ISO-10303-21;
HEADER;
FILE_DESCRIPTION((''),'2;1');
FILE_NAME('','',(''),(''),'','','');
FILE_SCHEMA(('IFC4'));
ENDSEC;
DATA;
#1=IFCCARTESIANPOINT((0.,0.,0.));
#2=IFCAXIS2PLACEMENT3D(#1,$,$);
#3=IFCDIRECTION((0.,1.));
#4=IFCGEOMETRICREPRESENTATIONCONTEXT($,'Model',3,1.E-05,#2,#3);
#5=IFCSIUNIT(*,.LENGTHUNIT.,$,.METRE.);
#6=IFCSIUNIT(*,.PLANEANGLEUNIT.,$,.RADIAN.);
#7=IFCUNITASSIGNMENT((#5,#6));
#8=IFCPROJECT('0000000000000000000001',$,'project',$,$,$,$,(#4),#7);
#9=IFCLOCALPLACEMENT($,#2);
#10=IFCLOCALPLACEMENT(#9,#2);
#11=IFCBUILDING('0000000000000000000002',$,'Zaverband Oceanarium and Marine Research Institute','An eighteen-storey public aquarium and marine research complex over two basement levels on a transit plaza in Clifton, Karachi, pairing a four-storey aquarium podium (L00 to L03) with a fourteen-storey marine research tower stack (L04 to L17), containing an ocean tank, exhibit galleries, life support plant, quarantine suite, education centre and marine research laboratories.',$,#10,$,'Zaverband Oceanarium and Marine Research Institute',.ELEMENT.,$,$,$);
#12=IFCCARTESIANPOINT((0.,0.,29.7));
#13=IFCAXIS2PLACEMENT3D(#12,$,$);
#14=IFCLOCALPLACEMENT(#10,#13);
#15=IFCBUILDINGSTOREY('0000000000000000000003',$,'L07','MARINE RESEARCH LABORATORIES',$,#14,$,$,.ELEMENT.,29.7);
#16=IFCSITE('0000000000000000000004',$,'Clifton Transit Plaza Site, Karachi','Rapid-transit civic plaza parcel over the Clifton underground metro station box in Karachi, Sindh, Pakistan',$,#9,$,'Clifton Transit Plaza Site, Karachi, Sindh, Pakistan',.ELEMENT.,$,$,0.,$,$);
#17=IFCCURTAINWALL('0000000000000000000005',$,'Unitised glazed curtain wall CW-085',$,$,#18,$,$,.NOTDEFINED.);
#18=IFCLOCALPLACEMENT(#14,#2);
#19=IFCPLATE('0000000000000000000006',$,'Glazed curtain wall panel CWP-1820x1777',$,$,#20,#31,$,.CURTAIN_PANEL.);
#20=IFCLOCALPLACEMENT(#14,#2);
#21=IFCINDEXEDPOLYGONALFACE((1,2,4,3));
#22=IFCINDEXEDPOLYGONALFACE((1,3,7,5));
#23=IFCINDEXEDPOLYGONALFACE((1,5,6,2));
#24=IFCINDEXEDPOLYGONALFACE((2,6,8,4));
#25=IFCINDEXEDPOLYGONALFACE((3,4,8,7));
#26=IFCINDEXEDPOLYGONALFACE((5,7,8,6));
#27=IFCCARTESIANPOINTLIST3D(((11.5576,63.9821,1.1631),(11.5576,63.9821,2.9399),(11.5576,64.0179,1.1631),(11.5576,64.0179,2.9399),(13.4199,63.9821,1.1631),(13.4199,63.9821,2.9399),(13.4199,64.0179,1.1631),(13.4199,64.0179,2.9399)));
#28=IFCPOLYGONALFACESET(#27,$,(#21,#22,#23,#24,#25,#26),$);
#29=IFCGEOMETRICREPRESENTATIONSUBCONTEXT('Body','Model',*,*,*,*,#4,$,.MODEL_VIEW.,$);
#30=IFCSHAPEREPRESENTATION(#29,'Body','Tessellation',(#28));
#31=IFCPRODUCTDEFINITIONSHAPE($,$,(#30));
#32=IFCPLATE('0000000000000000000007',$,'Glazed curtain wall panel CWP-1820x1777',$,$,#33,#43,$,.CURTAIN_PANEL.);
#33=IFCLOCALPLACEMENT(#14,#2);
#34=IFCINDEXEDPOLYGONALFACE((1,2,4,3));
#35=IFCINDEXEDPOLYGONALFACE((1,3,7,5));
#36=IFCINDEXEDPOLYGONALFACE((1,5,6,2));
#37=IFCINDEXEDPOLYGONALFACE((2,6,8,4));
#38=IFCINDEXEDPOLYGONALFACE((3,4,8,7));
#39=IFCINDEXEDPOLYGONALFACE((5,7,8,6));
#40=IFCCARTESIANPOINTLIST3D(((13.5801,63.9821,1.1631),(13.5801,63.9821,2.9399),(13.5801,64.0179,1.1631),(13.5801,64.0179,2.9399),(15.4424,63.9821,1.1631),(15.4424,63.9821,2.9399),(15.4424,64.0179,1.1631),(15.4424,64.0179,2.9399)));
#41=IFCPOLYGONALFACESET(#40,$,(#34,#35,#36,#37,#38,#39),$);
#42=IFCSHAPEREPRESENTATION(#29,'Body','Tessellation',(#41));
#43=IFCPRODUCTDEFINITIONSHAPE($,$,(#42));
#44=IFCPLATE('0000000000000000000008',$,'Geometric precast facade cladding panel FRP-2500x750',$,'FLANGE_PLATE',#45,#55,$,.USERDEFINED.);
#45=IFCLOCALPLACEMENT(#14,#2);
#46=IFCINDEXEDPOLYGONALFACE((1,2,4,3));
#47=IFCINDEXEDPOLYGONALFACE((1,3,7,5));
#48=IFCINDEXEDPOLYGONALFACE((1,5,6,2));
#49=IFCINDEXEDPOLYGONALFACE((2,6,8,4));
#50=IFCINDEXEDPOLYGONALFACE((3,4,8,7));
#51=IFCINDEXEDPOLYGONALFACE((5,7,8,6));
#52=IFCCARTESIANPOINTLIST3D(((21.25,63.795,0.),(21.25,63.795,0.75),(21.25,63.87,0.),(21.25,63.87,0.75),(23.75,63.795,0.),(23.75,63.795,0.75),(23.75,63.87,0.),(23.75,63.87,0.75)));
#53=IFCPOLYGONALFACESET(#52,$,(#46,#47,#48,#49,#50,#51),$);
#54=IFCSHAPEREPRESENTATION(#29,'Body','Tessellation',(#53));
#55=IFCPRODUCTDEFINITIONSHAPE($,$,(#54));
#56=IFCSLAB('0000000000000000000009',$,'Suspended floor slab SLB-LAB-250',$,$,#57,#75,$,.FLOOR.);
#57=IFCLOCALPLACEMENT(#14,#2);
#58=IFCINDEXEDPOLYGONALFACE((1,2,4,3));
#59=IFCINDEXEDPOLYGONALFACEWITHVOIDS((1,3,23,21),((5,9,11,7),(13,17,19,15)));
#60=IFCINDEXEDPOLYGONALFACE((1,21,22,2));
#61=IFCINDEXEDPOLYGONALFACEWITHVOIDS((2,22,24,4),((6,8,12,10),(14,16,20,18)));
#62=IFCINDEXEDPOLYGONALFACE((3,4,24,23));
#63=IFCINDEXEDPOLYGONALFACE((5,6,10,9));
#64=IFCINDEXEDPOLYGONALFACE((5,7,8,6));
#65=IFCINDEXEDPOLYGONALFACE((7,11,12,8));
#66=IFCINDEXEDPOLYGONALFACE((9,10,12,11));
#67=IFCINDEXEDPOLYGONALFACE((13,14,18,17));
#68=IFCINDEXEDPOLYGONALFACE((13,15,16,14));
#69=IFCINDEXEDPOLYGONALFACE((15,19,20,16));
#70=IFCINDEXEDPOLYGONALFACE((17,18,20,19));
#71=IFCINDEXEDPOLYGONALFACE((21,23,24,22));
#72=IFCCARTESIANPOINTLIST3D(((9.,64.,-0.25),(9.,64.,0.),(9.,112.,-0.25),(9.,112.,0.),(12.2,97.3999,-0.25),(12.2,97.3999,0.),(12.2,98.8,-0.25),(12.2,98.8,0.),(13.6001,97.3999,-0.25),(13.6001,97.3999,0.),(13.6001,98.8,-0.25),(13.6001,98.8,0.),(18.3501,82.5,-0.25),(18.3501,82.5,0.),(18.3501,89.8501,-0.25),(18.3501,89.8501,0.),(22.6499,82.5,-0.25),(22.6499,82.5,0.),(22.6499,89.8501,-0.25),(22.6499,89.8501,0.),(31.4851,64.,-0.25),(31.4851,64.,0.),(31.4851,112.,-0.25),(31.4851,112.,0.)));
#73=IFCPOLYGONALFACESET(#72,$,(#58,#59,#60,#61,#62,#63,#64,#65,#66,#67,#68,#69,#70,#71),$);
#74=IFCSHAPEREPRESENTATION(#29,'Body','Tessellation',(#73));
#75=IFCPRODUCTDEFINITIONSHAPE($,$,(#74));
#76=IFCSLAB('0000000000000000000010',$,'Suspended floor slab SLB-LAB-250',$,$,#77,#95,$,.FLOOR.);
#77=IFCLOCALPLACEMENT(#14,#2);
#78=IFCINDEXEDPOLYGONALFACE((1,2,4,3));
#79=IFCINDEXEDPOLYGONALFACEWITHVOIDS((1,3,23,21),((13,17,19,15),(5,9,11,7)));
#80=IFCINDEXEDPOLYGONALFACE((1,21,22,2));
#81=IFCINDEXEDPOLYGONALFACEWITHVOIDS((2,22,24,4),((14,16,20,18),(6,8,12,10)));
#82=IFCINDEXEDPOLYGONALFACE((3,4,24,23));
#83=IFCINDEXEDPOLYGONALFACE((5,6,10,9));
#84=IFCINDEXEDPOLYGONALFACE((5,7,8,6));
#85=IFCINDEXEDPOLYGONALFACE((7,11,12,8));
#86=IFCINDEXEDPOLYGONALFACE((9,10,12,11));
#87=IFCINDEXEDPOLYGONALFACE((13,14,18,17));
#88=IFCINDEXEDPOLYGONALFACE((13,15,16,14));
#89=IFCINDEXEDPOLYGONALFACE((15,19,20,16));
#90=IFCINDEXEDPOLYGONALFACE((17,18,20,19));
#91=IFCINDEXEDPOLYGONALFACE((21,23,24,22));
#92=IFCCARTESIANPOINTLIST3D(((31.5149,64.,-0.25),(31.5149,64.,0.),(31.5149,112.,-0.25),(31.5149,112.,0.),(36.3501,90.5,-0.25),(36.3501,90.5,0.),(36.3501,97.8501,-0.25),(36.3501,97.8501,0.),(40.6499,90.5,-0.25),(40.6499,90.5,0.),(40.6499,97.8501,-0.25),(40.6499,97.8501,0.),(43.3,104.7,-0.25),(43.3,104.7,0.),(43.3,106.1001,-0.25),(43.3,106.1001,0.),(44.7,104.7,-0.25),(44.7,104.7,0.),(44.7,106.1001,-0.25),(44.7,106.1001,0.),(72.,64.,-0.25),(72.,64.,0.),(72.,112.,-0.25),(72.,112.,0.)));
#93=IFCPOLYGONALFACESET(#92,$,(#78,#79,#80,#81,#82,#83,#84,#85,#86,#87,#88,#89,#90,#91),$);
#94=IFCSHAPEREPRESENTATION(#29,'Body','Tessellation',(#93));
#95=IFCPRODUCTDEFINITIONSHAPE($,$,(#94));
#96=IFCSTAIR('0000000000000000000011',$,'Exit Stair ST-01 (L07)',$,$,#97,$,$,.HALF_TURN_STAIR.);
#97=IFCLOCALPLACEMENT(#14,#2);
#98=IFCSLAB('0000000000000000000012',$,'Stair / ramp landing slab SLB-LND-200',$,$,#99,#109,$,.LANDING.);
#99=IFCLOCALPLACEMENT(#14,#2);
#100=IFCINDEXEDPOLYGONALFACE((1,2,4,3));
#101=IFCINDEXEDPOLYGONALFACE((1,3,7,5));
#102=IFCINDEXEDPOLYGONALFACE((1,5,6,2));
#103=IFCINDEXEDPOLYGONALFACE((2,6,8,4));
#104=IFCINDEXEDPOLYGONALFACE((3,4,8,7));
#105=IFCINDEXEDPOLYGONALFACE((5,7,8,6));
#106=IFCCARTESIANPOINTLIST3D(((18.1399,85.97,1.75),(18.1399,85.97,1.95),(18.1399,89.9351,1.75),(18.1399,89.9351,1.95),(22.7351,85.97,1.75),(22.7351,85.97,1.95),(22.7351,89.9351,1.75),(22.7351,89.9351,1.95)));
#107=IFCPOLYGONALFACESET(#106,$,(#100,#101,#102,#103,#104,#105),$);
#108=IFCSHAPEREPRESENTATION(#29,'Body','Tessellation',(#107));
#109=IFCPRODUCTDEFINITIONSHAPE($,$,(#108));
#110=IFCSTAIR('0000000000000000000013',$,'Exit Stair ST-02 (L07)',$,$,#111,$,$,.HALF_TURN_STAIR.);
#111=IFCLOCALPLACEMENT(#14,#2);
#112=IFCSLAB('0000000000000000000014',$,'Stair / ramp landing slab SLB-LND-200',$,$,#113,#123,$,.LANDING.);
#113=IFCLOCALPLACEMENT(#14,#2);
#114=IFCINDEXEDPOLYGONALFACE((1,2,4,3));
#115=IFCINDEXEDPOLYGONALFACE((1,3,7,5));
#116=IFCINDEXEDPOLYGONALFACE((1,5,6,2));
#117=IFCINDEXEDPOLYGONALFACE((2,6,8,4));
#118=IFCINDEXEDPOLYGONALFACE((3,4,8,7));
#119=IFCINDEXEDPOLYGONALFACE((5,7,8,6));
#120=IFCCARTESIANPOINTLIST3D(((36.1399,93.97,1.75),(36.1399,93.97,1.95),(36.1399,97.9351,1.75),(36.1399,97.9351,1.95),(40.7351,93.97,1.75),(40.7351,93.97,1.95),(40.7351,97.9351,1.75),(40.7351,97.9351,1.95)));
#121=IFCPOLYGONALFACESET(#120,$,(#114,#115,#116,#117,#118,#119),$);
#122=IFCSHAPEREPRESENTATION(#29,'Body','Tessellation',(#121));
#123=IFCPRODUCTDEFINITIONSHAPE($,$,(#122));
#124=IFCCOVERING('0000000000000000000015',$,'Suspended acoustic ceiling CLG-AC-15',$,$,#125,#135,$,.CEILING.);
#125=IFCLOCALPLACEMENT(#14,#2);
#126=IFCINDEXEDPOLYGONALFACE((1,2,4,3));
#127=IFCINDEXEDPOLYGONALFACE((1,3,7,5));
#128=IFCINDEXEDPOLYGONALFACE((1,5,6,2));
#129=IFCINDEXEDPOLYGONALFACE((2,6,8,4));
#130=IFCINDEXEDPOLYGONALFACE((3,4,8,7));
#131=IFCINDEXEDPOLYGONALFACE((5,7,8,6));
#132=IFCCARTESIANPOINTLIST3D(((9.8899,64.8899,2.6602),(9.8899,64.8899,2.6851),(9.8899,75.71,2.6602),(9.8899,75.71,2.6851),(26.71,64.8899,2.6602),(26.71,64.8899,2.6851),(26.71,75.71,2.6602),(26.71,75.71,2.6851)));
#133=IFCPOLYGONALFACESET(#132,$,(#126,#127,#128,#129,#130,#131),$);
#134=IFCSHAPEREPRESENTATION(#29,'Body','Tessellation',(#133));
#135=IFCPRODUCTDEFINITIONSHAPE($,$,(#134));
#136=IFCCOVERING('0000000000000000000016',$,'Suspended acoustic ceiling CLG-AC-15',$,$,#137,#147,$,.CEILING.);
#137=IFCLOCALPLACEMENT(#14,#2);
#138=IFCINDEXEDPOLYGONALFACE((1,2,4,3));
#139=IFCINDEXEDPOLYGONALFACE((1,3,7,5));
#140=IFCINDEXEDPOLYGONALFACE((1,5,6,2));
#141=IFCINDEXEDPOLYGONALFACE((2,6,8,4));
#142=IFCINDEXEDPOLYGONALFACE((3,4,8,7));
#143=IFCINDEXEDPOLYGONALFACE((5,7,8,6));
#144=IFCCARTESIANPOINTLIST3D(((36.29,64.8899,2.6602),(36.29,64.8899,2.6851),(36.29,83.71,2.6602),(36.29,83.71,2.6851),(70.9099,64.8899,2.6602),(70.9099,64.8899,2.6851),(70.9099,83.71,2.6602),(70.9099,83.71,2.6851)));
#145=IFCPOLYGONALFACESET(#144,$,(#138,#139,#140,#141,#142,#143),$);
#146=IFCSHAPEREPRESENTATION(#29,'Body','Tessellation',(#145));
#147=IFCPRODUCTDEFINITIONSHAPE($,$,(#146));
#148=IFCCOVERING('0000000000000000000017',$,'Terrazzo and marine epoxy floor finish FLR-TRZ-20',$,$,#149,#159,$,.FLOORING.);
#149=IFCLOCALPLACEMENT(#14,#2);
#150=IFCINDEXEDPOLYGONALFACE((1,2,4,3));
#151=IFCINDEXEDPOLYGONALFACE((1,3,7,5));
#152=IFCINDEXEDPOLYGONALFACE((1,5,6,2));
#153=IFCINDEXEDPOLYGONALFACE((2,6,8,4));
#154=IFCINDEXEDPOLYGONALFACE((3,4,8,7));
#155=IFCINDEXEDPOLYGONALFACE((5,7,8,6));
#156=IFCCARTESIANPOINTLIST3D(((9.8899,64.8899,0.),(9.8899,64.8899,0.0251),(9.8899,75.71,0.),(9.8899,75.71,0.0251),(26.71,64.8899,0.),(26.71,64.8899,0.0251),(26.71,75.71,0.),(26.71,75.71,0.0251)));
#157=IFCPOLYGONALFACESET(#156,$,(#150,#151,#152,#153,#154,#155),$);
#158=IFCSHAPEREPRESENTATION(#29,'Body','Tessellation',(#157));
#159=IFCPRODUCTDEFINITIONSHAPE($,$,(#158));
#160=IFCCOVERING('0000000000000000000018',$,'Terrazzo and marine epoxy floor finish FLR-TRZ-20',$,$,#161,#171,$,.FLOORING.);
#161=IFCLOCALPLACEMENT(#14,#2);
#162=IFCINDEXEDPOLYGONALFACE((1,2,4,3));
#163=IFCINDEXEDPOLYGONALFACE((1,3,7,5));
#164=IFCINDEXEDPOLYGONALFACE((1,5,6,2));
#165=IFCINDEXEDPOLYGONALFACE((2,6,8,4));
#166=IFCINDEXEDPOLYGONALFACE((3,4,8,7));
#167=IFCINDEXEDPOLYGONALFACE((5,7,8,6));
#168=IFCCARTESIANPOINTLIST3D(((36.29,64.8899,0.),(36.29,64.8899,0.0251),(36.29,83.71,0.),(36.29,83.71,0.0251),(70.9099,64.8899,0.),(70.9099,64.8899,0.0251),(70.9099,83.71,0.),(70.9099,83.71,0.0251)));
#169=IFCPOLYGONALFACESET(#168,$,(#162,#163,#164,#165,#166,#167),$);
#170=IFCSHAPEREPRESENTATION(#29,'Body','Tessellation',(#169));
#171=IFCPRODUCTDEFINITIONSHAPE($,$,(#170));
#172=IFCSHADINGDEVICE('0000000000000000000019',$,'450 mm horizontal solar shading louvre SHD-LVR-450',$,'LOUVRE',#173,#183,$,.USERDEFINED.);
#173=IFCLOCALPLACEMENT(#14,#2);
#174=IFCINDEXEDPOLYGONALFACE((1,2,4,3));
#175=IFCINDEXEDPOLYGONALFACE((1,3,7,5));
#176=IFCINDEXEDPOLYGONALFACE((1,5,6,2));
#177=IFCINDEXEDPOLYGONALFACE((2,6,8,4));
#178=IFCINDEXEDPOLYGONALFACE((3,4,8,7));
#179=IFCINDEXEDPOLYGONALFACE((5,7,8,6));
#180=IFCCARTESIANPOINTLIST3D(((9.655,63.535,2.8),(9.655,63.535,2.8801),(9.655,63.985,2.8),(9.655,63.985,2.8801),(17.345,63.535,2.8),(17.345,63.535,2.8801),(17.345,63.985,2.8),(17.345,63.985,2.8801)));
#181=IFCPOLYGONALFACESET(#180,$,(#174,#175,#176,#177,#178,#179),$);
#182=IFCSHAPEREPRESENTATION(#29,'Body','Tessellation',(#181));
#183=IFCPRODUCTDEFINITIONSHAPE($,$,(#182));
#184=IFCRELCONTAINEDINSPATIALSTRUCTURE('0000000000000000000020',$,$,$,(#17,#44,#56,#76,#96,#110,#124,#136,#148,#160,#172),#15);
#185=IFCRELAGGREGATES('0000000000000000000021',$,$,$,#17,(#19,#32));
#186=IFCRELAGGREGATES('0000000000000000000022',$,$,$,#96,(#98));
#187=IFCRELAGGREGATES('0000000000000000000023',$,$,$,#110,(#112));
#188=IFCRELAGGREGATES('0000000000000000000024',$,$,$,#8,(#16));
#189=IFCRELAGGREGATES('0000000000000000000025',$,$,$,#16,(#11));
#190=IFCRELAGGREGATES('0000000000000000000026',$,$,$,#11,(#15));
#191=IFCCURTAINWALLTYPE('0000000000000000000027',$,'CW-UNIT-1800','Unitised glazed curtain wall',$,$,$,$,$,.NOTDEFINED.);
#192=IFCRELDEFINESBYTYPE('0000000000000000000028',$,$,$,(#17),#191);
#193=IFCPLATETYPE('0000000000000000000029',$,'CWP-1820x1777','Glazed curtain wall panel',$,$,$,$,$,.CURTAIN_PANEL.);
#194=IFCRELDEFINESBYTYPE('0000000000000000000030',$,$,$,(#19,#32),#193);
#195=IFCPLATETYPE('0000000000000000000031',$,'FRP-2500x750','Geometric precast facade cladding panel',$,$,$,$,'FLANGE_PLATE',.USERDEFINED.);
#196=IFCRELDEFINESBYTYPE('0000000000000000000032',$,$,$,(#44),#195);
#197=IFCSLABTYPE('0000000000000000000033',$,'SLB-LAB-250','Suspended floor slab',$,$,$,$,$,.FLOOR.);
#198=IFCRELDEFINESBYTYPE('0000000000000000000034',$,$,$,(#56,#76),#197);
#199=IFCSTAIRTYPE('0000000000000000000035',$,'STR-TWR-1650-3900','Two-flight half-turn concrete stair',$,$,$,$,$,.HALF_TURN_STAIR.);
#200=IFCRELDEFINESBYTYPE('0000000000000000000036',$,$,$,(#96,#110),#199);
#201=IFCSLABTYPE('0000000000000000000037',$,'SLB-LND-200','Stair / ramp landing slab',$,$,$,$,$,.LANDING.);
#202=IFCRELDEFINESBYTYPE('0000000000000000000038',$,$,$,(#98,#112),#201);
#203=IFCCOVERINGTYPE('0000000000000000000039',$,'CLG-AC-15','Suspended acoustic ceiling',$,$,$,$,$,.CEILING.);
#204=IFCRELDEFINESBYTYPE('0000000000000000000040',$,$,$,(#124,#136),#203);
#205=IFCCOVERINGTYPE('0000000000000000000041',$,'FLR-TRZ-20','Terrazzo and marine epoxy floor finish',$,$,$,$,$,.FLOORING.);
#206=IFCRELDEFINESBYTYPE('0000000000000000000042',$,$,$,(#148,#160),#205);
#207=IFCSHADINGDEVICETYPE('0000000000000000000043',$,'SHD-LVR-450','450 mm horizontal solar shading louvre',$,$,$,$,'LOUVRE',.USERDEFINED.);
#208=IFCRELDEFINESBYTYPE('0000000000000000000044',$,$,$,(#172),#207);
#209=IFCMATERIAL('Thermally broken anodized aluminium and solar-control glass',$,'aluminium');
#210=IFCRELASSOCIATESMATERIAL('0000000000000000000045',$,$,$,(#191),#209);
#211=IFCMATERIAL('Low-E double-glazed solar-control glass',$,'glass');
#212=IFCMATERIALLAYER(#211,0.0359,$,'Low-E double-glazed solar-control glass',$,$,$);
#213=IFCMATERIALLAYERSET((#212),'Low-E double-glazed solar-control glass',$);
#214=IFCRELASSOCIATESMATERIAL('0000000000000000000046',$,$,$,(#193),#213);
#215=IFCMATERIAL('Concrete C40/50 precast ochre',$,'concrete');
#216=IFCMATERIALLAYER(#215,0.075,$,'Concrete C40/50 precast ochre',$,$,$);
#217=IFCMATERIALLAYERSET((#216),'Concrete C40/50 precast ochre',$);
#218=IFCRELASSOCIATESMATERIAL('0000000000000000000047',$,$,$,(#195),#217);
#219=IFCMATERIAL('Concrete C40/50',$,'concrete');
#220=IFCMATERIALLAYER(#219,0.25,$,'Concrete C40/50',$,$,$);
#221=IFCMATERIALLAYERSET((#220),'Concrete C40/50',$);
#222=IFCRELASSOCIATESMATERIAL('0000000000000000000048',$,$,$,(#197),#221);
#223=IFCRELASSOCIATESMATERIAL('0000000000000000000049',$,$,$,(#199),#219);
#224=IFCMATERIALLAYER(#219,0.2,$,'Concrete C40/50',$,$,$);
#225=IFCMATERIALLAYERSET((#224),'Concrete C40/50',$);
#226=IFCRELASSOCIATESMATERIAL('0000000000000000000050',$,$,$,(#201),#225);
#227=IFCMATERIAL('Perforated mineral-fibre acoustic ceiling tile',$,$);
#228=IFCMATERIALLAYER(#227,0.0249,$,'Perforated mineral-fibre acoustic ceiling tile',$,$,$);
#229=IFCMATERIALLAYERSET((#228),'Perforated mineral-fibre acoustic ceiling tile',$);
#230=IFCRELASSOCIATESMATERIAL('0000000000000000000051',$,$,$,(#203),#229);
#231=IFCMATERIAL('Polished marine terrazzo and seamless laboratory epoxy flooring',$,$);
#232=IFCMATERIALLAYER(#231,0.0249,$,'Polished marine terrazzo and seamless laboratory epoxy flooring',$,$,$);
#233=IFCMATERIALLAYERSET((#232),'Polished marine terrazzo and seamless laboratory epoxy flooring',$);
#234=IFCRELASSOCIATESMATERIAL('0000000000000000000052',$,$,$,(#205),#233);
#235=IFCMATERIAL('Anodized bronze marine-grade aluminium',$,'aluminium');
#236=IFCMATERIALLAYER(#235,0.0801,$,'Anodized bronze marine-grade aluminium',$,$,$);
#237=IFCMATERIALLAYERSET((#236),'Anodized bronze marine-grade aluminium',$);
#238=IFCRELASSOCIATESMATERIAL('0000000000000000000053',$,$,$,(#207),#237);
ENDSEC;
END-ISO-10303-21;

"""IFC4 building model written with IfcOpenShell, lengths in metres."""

from ifc_helpers import new_model, si_unit, direction, frame, frame_2d, origin, place, context, subcontext, project, spatial, polyline, rectangle, outline, extrude, material, layer, layer_set, type_object, element, aggregate, save


model = new_model("IFC4")

# Units and contexts
model_context = context("Model", 3, precision=1e-05, world=origin(), true_north=direction((0.0, 1.0)))
body_context = subcontext(model_context, "Body", "Model", "MODEL_VIEW")
ifc_project = project(units=[si_unit("LENGTHUNIT", "METRE"), si_unit("PLANEANGLEUNIT", "RADIAN")], contexts=[model_context])

# Site, building, storey
site_placement = place(None, origin())
site = spatial("IfcSite", under=ifc_project, at=site_placement, Name="Clifton Transit Plaza Site, Karachi", Description="Rapid-transit civic plaza parcel over the Clifton underground metro station box in Karachi, Sindh, Pakistan", LongName="Clifton Transit Plaza Site, Karachi, Sindh, Pakistan", CompositionType="ELEMENT", RefElevation=0.0)
building_placement = place(site_placement, origin())
building = spatial("IfcBuilding", under=site, at=building_placement, Name="Zaverband Oceanarium and Marine Research Institute", Description="An eighteen-storey public aquarium and marine research complex over two basement levels on a transit plaza in Clifton, Karachi, pairing a four-storey aquarium podium (L00 to L03) with a fourteen-storey marine research tower stack (L04 to L17), containing an ocean tank, exhibit galleries, life support plant, quarantine suite, education centre and marine research laboratories.", LongName="Zaverband Oceanarium and Marine Research Institute", CompositionType="ELEMENT")
storey_placement = place(building_placement, frame((0.0, 0.0, 29.7)))
storey = spatial("IfcBuildingStorey", under=building, at=storey_placement, Name="L07", Description="MARINE RESEARCH LABORATORIES", CompositionType="ELEMENT", Elevation=29.7)

# Curtain wall
ifc_material_1 = material(Name="Thermally broken anodized aluminium and solar-control glass", Category="aluminium")
curtain_wall_type = type_object("IfcCurtainWallType", Name="CW-UNIT-1800", Description="Unitised glazed curtain wall", PredefinedType="NOTDEFINED", material=ifc_material_1)
curtain_wall_placement = place(storey_placement, origin())
curtain_wall = element("IfcCurtainWall", 1, at=curtain_wall_placement, inside=storey, type_object=curtain_wall_type, Name="Unitised glazed curtain wall CW-085", PredefinedType="NOTDEFINED")

# Shared definitions
ifc_material_2 = material(Name="Concrete C40/50", Category="concrete")

# Plates
ifc_material_3 = material(Name="Low-E double-glazed solar-control glass", Category="glass")
ifc_layer_1 = layer(ifc_material_3, 0.0359, Name="Low-E double-glazed solar-control glass")
ifc_layer_set_1 = layer_set([ifc_layer_1], Name="Low-E double-glazed solar-control glass")
plate_type_1 = type_object("IfcPlateType", Name="CWP-1820x1777", Description="Glazed curtain wall panel", PredefinedType="CURTAIN_PANEL", material=ifc_layer_set_1)
plate_1_placement = place(storey_placement, frame((11.5576, 64.0, 1.1631), z_axis=(0.0, 0.0, 1.0), x_axis=(1.0, 0.0, 0.0)))
plate_1 = element("IfcPlate", 2, at=plate_1_placement, type_object=plate_type_1, Name="Glazed curtain wall panel CWP-1820x1777", PredefinedType="CURTAIN_PANEL", context=body_context, shape_type="SweptSolid", body=[
    extrude(rectangle(XDim=1.8623, YDim=0.0359, at=frame_2d((0.9312, 0.0))), origin(), (0.0, 0.0, 1.0), 1.7769),
])
plate_2_placement = place(storey_placement, frame((13.5801, 64.0, 1.1631), z_axis=(0.0, 0.0, 1.0), x_axis=(1.0, 0.0, 0.0)))
plate_2 = element("IfcPlate", 3, at=plate_2_placement, type_object=plate_type_1, Name="Glazed curtain wall panel CWP-1820x1777", PredefinedType="CURTAIN_PANEL", context=body_context, shape_type="SweptSolid", body=[
    extrude(rectangle(XDim=1.8623, YDim=0.0359, at=frame_2d((0.9312, 0.0))), origin(), (0.0, 0.0, 1.0), 1.7769),
])
aggregate(curtain_wall, [plate_1, plate_2])
ifc_material_4 = material(Name="Concrete C40/50 precast ochre", Category="concrete")
ifc_layer_2 = layer(ifc_material_4, 0.075, Name="Concrete C40/50 precast ochre")
ifc_layer_set_2 = layer_set([ifc_layer_2], Name="Concrete C40/50 precast ochre")
plate_type_2 = type_object("IfcPlateType", Name="FRP-2500x750", Description="Geometric precast facade cladding panel", ElementType="FLANGE_PLATE", PredefinedType="USERDEFINED", material=ifc_layer_set_2)
plate_3_placement = place(storey_placement, frame((21.25, 63.8325, 0.0), z_axis=(0.0, 0.0, 1.0), x_axis=(1.0, 0.0, 0.0)))
element("IfcPlate", 4, at=plate_3_placement, inside=storey, type_object=plate_type_2, Name="Geometric precast facade cladding panel FRP-2500x750", ObjectType="FLANGE_PLATE", PredefinedType="USERDEFINED", context=body_context, shape_type="SweptSolid", body=[
    extrude(rectangle(XDim=2.5, YDim=0.075, at=frame_2d((1.25, 0.0))), origin(), (0.0, 0.0, 1.0), 0.75),
])

# Slabs
ifc_layer_3 = layer(ifc_material_2, 0.25, Name="Concrete C40/50")
ifc_layer_set_3 = layer_set([ifc_layer_3], Name="Concrete C40/50")
slab_type_1 = type_object("IfcSlabType", Name="SLB-LAB-250", Description="Suspended floor slab", PredefinedType="FLOOR", material=ifc_layer_set_3)
slab_1_placement = place(storey_placement, frame((0.0, 0.0, -0.25)))
element("IfcSlab", 5, at=slab_1_placement, inside=storey, type_object=slab_type_1, Name="Suspended floor slab SLB-LAB-250", PredefinedType="FLOOR", context=body_context, shape_type="SweptSolid", body=[
    extrude(outline(polyline([(9.0, 112.0), (31.4851, 112.0), (31.4851, 64.0), (9.0, 64.0), (9.0, 112.0)]), holes=[polyline([(18.3501, 89.8501), (18.3501, 82.5), (22.6499, 82.5), (22.6499, 89.8501), (18.3501, 89.8501)]), polyline([(12.2, 98.8), (12.2, 97.3999), (13.6001, 97.3999), (13.6001, 98.8), (12.2, 98.8)])]), origin(), (0.0, 0.0, 1.0), 0.25),
])
slab_2_placement = place(storey_placement, frame((0.0, 0.0, -0.25)))
element("IfcSlab", 6, at=slab_2_placement, inside=storey, type_object=slab_type_1, Name="Suspended floor slab SLB-LAB-250", PredefinedType="FLOOR", context=body_context, shape_type="SweptSolid", body=[
    extrude(outline(polyline([(31.5149, 112.0), (72.0, 112.0), (72.0, 64.0), (31.5149, 64.0), (31.5149, 112.0)]), holes=[polyline([(36.3501, 97.8501), (36.3501, 90.5), (40.6499, 90.5), (40.6499, 97.8501), (36.3501, 97.8501)]), polyline([(43.3, 106.1001), (43.3, 104.7), (44.7, 104.7), (44.7, 106.1001), (43.3, 106.1001)])]), origin(), (0.0, 0.0, 1.0), 0.25),
])

# Stairs, slabs
stair_type = type_object("IfcStairType", Name="STR-TWR-1650-3900", Description="Two-flight half-turn concrete stair", PredefinedType="HALF_TURN_STAIR", material=ifc_material_2)
stair_1_placement = place(storey_placement, origin())
stair_1 = element("IfcStair", 7, at=stair_1_placement, inside=storey, type_object=stair_type, Name="Exit Stair ST-01 (L07)", PredefinedType="HALF_TURN_STAIR")
ifc_layer_4 = layer(ifc_material_2, 0.2, Name="Concrete C40/50")
ifc_layer_set_4 = layer_set([ifc_layer_4], Name="Concrete C40/50")
slab_type_2 = type_object("IfcSlabType", Name="SLB-LND-200", Description="Stair / ramp landing slab", PredefinedType="LANDING", material=ifc_layer_set_4)
slab_3_placement = place(storey_placement, frame((0.0, 0.0, 1.75)))
slab_3 = element("IfcSlab", 8, at=slab_3_placement, type_object=slab_type_2, Name="Stair / ramp landing slab SLB-LND-200", PredefinedType="LANDING", context=body_context, shape_type="SweptSolid", body=[
    extrude(outline(polyline([(18.1399, 85.97), (22.7351, 85.97), (22.7351, 89.9351), (18.1399, 89.9351), (18.1399, 85.97)])), origin(), (0.0, 0.0, 1.0), 0.2),
])
aggregate(stair_1, [slab_3])
stair_2_placement = place(storey_placement, origin())
stair_2 = element("IfcStair", 9, at=stair_2_placement, inside=storey, type_object=stair_type, Name="Exit Stair ST-02 (L07)", PredefinedType="HALF_TURN_STAIR")
slab_4_placement = place(storey_placement, frame((0.0, 0.0, 1.75)))
slab_4 = element("IfcSlab", 10, at=slab_4_placement, type_object=slab_type_2, Name="Stair / ramp landing slab SLB-LND-200", PredefinedType="LANDING", context=body_context, shape_type="SweptSolid", body=[
    extrude(outline(polyline([(36.1399, 93.97), (40.7351, 93.97), (40.7351, 97.9351), (36.1399, 97.9351), (36.1399, 93.97)])), origin(), (0.0, 0.0, 1.0), 0.2),
])
aggregate(stair_2, [slab_4])

# Coverings
ifc_material_5 = material(Name="Perforated mineral-fibre acoustic ceiling tile")
ifc_layer_5 = layer(ifc_material_5, 0.0249, Name="Perforated mineral-fibre acoustic ceiling tile")
ifc_layer_set_5 = layer_set([ifc_layer_5], Name="Perforated mineral-fibre acoustic ceiling tile")
covering_type_1 = type_object("IfcCoveringType", Name="CLG-AC-15", Description="Suspended acoustic ceiling", PredefinedType="CEILING", material=ifc_layer_set_5)
covering_1_placement = place(storey_placement, frame((0.0, 0.0, 2.6602)))
element("IfcCovering", 11, at=covering_1_placement, inside=storey, type_object=covering_type_1, Name="Suspended acoustic ceiling CLG-AC-15", PredefinedType="CEILING", context=body_context, shape_type="SweptSolid", body=[
    extrude(outline(polyline([(9.8899, 64.8899), (26.71, 64.8899), (26.71, 75.71), (9.8899, 75.71), (9.8899, 64.8899)])), origin(), (0.0, 0.0, 1.0), 0.0249),
])
covering_2_placement = place(storey_placement, frame((0.0, 0.0, 2.6602)))
element("IfcCovering", 12, at=covering_2_placement, inside=storey, type_object=covering_type_1, Name="Suspended acoustic ceiling CLG-AC-15", PredefinedType="CEILING", context=body_context, shape_type="SweptSolid", body=[
    extrude(outline(polyline([(36.29, 64.8899), (70.9099, 64.8899), (70.9099, 83.71), (36.29, 83.71), (36.29, 64.8899)])), origin(), (0.0, 0.0, 1.0), 0.0249),
])
ifc_material_6 = material(Name="Polished marine terrazzo and seamless laboratory epoxy flooring")
ifc_layer_6 = layer(ifc_material_6, 0.0249, Name="Polished marine terrazzo and seamless laboratory epoxy flooring")
ifc_layer_set_6 = layer_set([ifc_layer_6], Name="Polished marine terrazzo and seamless laboratory epoxy flooring")
covering_type_2 = type_object("IfcCoveringType", Name="FLR-TRZ-20", Description="Terrazzo and marine epoxy floor finish", PredefinedType="FLOORING", material=ifc_layer_set_6)
covering_3_placement = place(storey_placement, origin())
element("IfcCovering", 13, at=covering_3_placement, inside=storey, type_object=covering_type_2, Name="Terrazzo and marine epoxy floor finish FLR-TRZ-20", PredefinedType="FLOORING", context=body_context, shape_type="SweptSolid", body=[
    extrude(outline(polyline([(9.8899, 64.8899), (26.71, 64.8899), (26.71, 75.71), (9.8899, 75.71), (9.8899, 64.8899)])), origin(), (0.0, 0.0, 1.0), 0.0251),
])
covering_4_placement = place(storey_placement, origin())
element("IfcCovering", 14, at=covering_4_placement, inside=storey, type_object=covering_type_2, Name="Terrazzo and marine epoxy floor finish FLR-TRZ-20", PredefinedType="FLOORING", context=body_context, shape_type="SweptSolid", body=[
    extrude(outline(polyline([(36.29, 64.8899), (70.9099, 64.8899), (70.9099, 83.71), (36.29, 83.71), (36.29, 64.8899)])), origin(), (0.0, 0.0, 1.0), 0.0251),
])

# Shading device
ifc_material_7 = material(Name="Anodized bronze marine-grade aluminium", Category="aluminium")
ifc_layer_7 = layer(ifc_material_7, 0.0801, Name="Anodized bronze marine-grade aluminium")
ifc_layer_set_7 = layer_set([ifc_layer_7], Name="Anodized bronze marine-grade aluminium")
shading_device_type = type_object("IfcShadingDeviceType", Name="SHD-LVR-450", Description="450 mm horizontal solar shading louvre", ElementType="LOUVRE", PredefinedType="USERDEFINED", material=ifc_layer_set_7)
shading_device_placement = place(storey_placement, frame((9.655, 63.76, 2.8), z_axis=(0.0, 0.0, 1.0), x_axis=(1.0, 0.0, 0.0)))
element("IfcShadingDevice", 15, at=shading_device_placement, inside=storey, type_object=shading_device_type, Name="450 mm horizontal solar shading louvre SHD-LVR-450", ObjectType="LOUVRE", PredefinedType="USERDEFINED", context=body_context, shape_type="SweptSolid", body=[
    extrude(rectangle(XDim=7.6899, YDim=0.45, at=frame_2d((3.845, 0.0))), origin(), (0.0, 0.0, 1.0), 0.0801),
])

save(model, "model.ifc")
